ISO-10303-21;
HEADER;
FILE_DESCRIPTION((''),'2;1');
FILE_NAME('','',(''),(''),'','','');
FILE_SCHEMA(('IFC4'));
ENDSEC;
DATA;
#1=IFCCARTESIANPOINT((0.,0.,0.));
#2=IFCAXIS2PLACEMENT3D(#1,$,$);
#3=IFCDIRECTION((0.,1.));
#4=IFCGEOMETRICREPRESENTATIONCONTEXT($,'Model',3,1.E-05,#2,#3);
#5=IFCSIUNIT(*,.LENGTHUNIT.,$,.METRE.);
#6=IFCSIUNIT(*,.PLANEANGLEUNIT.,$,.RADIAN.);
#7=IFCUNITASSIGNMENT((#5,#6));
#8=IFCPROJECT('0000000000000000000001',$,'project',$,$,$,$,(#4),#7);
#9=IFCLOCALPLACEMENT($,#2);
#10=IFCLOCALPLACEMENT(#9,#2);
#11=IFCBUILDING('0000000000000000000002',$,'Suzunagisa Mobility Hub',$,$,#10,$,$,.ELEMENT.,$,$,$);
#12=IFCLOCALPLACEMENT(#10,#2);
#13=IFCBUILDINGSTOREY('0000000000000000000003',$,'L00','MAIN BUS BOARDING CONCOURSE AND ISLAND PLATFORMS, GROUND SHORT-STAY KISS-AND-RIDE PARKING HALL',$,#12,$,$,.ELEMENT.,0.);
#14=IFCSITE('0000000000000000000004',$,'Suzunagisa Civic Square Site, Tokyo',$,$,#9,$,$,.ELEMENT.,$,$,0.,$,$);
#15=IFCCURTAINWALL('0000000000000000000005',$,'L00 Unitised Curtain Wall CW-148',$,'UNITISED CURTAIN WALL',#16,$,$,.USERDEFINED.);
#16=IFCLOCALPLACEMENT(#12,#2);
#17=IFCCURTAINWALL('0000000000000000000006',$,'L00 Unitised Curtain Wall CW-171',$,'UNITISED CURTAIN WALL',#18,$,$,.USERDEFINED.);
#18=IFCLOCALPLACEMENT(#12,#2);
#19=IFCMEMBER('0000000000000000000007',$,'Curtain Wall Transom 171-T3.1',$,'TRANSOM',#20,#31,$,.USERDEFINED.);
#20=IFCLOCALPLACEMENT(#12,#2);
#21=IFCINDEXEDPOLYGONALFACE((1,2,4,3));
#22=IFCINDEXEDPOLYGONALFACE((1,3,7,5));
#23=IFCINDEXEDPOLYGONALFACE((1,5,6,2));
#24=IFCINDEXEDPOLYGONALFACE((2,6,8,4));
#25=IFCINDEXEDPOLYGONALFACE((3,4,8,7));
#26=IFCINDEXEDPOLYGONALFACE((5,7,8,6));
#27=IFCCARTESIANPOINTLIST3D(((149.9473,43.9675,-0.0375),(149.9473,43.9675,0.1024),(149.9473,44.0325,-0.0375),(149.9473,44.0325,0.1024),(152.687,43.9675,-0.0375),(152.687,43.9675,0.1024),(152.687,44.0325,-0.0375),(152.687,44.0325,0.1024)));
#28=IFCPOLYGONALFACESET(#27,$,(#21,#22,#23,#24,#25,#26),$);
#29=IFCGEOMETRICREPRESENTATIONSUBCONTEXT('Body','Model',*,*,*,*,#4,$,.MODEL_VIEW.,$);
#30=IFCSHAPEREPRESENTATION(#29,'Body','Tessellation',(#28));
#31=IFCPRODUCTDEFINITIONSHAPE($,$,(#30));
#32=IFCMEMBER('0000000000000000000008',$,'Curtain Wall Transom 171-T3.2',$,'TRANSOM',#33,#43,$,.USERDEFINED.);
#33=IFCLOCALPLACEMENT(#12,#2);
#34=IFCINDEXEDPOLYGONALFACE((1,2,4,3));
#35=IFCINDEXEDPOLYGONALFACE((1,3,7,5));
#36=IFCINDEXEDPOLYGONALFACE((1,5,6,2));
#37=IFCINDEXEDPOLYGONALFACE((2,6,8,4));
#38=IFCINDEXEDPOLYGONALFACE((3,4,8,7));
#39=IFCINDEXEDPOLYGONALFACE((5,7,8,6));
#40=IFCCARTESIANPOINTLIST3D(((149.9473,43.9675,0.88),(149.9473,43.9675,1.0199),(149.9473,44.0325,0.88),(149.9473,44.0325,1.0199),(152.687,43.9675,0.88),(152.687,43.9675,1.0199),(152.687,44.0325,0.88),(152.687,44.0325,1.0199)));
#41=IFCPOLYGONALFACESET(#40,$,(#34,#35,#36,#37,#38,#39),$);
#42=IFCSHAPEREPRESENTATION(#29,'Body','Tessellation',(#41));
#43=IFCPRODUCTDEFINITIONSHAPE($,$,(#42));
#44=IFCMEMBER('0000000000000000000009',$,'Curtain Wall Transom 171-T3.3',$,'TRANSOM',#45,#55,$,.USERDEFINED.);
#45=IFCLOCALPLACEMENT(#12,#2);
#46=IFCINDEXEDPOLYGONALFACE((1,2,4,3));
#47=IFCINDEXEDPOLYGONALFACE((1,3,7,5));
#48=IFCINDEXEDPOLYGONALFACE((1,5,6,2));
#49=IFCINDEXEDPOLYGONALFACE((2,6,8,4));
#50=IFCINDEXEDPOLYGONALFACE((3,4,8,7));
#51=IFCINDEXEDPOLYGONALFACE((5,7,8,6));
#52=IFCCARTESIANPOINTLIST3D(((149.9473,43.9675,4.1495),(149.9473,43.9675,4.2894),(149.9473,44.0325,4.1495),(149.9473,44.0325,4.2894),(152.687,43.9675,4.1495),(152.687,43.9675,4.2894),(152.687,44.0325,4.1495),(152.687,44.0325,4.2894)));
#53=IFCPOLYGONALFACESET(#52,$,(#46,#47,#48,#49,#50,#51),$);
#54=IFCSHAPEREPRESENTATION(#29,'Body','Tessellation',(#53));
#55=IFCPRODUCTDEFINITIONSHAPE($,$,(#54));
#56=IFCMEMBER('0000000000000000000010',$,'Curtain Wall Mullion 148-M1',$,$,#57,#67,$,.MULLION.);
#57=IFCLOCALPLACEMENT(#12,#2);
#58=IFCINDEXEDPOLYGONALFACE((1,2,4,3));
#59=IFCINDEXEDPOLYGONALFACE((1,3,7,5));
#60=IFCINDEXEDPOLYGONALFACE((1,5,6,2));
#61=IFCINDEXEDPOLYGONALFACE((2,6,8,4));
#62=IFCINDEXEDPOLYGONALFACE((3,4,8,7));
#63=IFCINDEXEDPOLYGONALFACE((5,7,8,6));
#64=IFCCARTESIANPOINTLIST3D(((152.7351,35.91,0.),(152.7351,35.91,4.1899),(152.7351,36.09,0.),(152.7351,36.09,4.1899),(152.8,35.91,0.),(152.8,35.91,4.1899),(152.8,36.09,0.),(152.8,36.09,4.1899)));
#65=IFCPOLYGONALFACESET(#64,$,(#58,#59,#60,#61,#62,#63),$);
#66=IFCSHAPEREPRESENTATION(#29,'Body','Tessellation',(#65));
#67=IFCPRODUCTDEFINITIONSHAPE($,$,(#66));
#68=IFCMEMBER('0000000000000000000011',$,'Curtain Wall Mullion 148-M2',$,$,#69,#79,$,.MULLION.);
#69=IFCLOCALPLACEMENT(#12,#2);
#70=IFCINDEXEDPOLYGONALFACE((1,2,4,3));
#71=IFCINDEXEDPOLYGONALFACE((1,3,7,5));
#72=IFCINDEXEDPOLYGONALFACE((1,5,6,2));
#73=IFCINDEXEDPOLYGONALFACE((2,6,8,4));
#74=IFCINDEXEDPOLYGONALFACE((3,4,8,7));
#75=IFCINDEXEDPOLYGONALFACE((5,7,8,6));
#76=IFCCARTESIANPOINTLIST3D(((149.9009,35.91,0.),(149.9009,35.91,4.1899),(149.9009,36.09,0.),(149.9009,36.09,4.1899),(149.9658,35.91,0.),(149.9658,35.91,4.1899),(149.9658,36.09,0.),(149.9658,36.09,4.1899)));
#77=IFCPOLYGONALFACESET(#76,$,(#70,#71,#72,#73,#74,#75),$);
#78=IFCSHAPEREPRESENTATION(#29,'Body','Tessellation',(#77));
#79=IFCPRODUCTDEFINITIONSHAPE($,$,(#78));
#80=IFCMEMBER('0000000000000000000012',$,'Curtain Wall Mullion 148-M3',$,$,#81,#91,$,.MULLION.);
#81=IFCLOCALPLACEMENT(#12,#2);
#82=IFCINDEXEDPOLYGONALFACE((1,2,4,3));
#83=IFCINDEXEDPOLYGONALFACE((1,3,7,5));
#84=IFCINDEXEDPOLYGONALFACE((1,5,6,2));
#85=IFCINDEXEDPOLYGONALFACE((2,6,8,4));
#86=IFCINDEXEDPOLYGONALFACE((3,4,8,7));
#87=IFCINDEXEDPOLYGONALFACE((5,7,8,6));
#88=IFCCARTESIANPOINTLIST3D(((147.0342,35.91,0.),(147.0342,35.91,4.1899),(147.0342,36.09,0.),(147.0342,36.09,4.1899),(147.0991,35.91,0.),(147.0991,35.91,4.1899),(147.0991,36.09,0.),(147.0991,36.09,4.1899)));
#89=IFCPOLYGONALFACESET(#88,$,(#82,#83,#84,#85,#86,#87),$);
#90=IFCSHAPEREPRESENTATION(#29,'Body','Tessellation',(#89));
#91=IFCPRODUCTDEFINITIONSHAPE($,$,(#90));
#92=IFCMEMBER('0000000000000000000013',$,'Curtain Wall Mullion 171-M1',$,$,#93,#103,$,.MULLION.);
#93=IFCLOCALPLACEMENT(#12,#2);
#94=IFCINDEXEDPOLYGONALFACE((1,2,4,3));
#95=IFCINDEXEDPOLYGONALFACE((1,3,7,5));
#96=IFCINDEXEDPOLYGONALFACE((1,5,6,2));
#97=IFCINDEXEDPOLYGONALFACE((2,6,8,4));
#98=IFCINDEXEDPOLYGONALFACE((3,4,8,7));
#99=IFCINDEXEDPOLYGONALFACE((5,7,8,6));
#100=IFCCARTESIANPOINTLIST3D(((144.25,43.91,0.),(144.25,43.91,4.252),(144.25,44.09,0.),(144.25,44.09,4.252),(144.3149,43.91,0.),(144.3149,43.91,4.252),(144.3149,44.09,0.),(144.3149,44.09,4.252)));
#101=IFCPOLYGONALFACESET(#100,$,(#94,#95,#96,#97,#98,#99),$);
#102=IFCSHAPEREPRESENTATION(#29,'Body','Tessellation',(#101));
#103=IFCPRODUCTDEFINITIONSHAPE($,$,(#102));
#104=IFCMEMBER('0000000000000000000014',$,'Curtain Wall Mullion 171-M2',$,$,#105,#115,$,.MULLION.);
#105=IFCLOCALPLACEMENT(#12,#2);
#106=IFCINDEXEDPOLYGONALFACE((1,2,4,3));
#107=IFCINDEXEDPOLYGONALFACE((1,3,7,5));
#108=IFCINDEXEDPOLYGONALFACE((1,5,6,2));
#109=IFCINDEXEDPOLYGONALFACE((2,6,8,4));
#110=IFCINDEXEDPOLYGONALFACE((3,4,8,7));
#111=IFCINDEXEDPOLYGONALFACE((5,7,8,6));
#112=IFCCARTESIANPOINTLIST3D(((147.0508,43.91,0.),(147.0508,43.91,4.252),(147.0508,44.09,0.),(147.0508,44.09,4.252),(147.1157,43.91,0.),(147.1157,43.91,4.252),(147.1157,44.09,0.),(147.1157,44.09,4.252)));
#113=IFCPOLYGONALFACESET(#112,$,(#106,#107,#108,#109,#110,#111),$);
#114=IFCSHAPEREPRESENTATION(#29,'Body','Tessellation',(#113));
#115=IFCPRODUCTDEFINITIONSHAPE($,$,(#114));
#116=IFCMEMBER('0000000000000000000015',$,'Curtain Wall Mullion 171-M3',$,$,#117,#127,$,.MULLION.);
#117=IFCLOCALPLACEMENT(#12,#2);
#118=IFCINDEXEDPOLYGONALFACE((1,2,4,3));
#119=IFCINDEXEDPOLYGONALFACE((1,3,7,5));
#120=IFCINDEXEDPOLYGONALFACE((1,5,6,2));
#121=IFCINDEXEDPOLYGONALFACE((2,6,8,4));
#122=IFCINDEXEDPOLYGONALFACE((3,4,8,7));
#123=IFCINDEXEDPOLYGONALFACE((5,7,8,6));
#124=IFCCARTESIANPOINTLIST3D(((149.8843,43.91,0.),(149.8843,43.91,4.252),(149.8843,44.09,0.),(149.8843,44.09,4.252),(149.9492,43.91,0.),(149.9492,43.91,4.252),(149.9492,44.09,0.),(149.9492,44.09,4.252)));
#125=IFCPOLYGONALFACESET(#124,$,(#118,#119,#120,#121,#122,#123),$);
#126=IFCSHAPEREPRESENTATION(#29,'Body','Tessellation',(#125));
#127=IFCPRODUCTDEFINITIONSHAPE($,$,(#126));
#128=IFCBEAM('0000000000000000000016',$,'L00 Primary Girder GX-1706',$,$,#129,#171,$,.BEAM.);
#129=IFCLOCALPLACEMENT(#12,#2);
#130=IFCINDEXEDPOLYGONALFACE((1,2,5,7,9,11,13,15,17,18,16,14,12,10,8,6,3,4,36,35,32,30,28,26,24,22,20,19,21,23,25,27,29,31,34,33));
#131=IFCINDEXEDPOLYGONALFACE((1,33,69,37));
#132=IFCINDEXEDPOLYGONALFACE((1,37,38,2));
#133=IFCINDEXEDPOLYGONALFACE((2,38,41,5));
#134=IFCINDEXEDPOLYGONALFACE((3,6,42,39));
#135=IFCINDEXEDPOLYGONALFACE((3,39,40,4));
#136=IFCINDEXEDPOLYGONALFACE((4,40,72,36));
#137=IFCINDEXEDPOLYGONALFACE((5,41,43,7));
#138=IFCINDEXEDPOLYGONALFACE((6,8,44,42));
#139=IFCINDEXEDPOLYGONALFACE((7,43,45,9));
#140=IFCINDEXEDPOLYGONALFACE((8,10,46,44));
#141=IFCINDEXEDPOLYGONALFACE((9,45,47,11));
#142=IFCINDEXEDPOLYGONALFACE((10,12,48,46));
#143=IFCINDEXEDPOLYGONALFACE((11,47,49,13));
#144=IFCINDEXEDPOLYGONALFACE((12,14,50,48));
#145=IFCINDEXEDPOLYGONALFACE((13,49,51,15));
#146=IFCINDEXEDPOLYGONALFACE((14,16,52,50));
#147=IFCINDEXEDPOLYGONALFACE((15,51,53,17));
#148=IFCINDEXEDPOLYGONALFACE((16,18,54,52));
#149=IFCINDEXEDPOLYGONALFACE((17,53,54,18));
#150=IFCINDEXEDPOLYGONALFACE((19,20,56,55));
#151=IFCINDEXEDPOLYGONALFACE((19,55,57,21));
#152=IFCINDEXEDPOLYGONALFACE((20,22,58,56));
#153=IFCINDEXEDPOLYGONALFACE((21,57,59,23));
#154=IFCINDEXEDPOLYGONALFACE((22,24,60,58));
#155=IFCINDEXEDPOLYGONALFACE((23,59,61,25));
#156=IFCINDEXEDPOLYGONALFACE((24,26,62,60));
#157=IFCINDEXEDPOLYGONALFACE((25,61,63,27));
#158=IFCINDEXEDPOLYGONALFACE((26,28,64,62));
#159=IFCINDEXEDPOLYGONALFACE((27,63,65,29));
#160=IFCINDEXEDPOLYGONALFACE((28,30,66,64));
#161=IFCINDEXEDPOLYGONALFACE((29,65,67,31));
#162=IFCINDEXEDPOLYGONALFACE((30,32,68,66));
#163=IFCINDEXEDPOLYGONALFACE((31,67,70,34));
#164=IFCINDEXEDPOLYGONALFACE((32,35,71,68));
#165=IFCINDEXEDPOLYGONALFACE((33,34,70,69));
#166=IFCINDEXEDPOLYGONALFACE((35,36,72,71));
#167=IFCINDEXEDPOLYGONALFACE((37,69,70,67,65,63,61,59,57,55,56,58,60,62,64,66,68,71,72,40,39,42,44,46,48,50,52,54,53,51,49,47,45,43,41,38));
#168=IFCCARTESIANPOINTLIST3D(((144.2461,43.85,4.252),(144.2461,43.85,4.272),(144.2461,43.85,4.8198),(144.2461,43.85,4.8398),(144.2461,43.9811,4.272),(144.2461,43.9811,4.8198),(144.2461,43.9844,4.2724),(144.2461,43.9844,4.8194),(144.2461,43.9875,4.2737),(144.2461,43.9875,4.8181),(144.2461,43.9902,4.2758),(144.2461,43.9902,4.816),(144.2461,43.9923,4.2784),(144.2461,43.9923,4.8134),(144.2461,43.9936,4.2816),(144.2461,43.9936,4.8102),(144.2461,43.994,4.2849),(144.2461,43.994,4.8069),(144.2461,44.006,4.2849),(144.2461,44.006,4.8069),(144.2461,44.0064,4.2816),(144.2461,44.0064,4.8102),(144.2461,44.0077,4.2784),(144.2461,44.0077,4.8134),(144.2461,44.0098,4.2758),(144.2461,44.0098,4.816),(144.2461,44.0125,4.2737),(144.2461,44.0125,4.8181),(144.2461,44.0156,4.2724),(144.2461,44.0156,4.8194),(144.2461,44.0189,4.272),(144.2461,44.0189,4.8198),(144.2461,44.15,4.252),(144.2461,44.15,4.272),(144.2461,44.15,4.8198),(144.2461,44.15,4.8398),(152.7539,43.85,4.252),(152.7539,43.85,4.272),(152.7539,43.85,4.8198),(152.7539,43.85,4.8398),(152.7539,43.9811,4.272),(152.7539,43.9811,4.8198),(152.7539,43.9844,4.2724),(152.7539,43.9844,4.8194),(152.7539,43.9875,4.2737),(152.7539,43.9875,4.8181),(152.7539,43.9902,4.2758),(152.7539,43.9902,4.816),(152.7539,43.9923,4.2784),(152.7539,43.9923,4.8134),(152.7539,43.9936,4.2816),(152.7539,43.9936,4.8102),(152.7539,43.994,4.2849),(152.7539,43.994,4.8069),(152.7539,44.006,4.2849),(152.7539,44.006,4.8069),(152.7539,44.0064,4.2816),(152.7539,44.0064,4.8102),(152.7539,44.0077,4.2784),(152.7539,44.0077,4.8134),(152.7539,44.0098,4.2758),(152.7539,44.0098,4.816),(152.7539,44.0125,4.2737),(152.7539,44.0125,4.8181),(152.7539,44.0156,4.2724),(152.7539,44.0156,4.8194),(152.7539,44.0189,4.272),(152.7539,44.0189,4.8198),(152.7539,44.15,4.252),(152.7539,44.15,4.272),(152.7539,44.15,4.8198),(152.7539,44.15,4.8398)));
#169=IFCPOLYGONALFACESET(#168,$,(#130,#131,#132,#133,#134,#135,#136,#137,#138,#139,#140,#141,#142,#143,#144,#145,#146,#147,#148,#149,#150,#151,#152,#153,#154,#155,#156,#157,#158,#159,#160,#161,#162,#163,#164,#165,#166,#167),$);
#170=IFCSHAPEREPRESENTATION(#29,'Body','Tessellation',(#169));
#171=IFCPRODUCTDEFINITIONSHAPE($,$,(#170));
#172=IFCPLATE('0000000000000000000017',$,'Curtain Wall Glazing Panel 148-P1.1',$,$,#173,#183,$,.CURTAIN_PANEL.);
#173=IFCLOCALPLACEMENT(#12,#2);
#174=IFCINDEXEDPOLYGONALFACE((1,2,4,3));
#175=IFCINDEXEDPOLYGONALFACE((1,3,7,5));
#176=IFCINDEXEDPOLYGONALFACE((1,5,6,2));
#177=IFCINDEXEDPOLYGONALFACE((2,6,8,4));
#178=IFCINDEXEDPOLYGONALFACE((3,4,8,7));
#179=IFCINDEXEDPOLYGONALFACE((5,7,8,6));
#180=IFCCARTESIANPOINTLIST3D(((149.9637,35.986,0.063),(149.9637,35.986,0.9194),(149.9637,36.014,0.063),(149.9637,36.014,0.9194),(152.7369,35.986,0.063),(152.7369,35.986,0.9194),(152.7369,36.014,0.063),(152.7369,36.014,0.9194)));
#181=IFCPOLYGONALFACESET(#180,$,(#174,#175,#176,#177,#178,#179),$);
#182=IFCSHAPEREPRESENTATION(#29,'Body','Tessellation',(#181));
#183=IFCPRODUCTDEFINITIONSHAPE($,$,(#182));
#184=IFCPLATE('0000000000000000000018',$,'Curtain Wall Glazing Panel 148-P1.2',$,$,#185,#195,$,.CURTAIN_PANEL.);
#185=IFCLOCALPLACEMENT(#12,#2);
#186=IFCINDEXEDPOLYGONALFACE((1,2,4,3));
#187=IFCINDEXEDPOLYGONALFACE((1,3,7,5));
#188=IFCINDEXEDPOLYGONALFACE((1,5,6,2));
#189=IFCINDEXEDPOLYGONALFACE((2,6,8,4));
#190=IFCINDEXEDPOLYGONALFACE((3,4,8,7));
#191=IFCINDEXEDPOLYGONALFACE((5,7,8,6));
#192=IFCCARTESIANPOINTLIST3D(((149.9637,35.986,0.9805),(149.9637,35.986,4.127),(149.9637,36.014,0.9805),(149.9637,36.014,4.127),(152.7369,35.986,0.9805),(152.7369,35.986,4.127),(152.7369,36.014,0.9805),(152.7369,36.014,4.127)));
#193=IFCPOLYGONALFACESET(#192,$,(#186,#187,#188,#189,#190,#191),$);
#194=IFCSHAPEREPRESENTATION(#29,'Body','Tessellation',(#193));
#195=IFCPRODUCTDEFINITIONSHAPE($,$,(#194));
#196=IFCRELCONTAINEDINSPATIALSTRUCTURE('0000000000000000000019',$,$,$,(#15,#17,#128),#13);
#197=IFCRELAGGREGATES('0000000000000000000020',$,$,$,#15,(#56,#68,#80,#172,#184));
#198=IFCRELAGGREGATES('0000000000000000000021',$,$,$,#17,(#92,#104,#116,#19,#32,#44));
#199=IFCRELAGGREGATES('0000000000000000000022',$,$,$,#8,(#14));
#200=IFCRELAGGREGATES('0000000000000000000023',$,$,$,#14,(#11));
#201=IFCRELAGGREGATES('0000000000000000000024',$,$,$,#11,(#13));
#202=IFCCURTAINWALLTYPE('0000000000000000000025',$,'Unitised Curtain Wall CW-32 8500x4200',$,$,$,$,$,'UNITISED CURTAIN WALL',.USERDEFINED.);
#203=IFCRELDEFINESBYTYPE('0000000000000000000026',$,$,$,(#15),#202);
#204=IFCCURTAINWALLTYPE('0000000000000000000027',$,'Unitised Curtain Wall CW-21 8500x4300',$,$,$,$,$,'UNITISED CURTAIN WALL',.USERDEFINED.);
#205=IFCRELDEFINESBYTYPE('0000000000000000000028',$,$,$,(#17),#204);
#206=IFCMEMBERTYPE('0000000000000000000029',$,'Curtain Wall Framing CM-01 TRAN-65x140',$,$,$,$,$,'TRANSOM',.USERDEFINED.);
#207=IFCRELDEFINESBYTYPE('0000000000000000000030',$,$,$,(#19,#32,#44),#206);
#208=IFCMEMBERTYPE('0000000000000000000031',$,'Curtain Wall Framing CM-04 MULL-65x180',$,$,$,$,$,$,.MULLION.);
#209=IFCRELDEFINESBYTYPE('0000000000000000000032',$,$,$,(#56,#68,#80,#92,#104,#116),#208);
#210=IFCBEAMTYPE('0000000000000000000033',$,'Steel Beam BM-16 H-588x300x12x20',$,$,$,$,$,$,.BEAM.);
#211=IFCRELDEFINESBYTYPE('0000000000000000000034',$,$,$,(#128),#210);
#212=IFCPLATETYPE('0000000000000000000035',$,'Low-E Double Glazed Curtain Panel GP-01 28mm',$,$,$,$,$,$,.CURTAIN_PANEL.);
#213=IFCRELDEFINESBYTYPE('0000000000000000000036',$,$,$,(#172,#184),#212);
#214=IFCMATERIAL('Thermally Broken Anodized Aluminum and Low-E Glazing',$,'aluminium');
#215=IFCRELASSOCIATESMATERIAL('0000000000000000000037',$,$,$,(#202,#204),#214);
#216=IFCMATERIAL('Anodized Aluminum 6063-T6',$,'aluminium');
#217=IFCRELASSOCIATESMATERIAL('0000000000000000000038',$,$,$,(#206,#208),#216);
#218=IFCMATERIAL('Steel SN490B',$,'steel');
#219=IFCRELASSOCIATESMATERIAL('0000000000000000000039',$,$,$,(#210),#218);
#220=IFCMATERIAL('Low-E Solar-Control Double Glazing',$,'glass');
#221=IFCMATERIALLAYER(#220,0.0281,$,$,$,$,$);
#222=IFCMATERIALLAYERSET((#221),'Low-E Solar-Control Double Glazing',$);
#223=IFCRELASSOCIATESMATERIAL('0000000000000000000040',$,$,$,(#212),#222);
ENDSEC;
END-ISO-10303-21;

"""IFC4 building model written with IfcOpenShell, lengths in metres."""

from ifc_helpers import new_model, si_unit, direction, frame, origin, origin_2d, place, context, subcontext, project, spatial, rectangle, i_section, extrude, material, layer, layer_set, material_profile, profile_set, type_object, element, aggregate, save


model = new_model("IFC4")

# Units and contexts
model_context = context("Model", 3, precision=1e-05, world=origin(), true_north=direction((0.0, 1.0)))
body_context = subcontext(model_context, "Body", "Model", "MODEL_VIEW")
ifc_project = project(units=[si_unit("LENGTHUNIT", "METRE"), si_unit("PLANEANGLEUNIT", "RADIAN")], contexts=[model_context])

# Site, building, storey
site_placement = place(None, origin())
site = spatial("IfcSite", under=ifc_project, at=site_placement, Name="Suzunagisa Civic Square Site, Tokyo", CompositionType="ELEMENT", RefElevation=0.0)
building_placement = place(site_placement, origin())
building = spatial("IfcBuilding", under=site, at=building_placement, Name="Suzunagisa Mobility Hub", CompositionType="ELEMENT")
storey_placement = place(building_placement, origin())
storey = spatial("IfcBuildingStorey", under=building, at=storey_placement, Name="L00", Description="MAIN BUS BOARDING CONCOURSE AND ISLAND PLATFORMS, GROUND SHORT-STAY KISS-AND-RIDE PARKING HALL", CompositionType="ELEMENT", Elevation=0.0)

# Shared definitions
ifc_material_1 = material(Name="Steel SN490B", Category="steel")

# Curtain walls, members
ifc_material_2 = material(Name="Thermally Broken Anodized Aluminum and Low-E Glazing", Category="aluminium")
curtain_wall_type_1 = type_object("IfcCurtainWallType", Name="Unitised Curtain Wall CW-32 8500x4200", ElementType="UNITISED CURTAIN WALL", PredefinedType="USERDEFINED", material=ifc_material_2)
curtain_wall_1_placement = place(storey_placement, origin())
curtain_wall_1 = element("IfcCurtainWall", 1, at=curtain_wall_1_placement, inside=storey, type_object=curtain_wall_type_1, Name="L00 Unitised Curtain Wall CW-148", ObjectType="UNITISED CURTAIN WALL", PredefinedType="USERDEFINED")
ifc_material_3 = material(Name="Anodized Aluminum 6063-T6", Category="aluminium")
ifc_material_profile_1 = material_profile(ifc_material_3, rectangle(XDim=0.0649, YDim=0.1399, at=origin_2d()), Name="TRAN-65x140")
ifc_profile_set_1 = profile_set([ifc_material_profile_1], Name="Anodized Aluminum 6063-T6")
member_type_1 = type_object("IfcMemberType", Name="Curtain Wall Framing CM-01 TRAN-65x140", ElementType="TRANSOM", PredefinedType="USERDEFINED", material=ifc_profile_set_1)
curtain_wall_type_2 = type_object("IfcCurtainWallType", Name="Unitised Curtain Wall CW-21 8500x4300", ElementType="UNITISED CURTAIN WALL", PredefinedType="USERDEFINED", material=ifc_material_2)
curtain_wall_2_placement = place(storey_placement, origin())
curtain_wall_2 = element("IfcCurtainWall", 2, at=curtain_wall_2_placement, inside=storey, type_object=curtain_wall_type_2, Name="L00 Unitised Curtain Wall CW-171", ObjectType="UNITISED CURTAIN WALL", PredefinedType="USERDEFINED")
member_1_placement = place(storey_placement, frame((149.9473, 44.0, 0.0325), z_axis=(1.0, 0.0, 0.0), x_axis=(0.0, 1.0, 0.0)))
member_1 = element("IfcMember", 3, at=member_1_placement, type_object=member_type_1, Name="Curtain Wall Transom 171-T3.1", ObjectType="TRANSOM", PredefinedType="USERDEFINED", context=body_context, shape_type="SweptSolid", body=[
    extrude(rectangle(XDim=0.0649, YDim=0.1399, at=origin_2d()), origin(), (0.0, 0.0, 1.0), 2.7397),
])
member_2_placement = place(storey_placement, frame((149.9473, 44.0, 0.95), z_axis=(1.0, 0.0, 0.0), x_axis=(0.0, 1.0, 0.0)))
member_2 = element("IfcMember", 4, at=member_2_placement, type_object=member_type_1, Name="Curtain Wall Transom 171-T3.2", ObjectType="TRANSOM", PredefinedType="USERDEFINED", context=body_context, shape_type="SweptSolid", body=[
    extrude(rectangle(XDim=0.0649, YDim=0.1399, at=origin_2d()), origin(), (0.0, 0.0, 1.0), 2.7397),
])
member_3_placement = place(storey_placement, frame((149.9473, 44.0, 4.2195), z_axis=(1.0, 0.0, 0.0), x_axis=(0.0, 1.0, 0.0)))
member_3 = element("IfcMember", 5, at=member_3_placement, type_object=member_type_1, Name="Curtain Wall Transom 171-T3.3", ObjectType="TRANSOM", PredefinedType="USERDEFINED", context=body_context, shape_type="SweptSolid", body=[
    extrude(rectangle(XDim=0.0649, YDim=0.1399, at=origin_2d()), origin(), (0.0, 0.0, 1.0), 2.7397),
])

# Members
ifc_material_profile_2 = material_profile(ifc_material_3, rectangle(XDim=0.0649, YDim=0.1799, at=origin_2d()), Name="MULL-65x180")
ifc_profile_set_2 = profile_set([ifc_material_profile_2], Name="Anodized Aluminum 6063-T6")
member_type_2 = type_object("IfcMemberType", Name="Curtain Wall Framing CM-04 MULL-65x180", PredefinedType="MULLION", material=ifc_profile_set_2)
member_4_placement = place(storey_placement, frame((152.7676, 36.0, 0.0), z_axis=(0.0, 0.0, 1.0), x_axis=(-1.0, 0.0, 0.0)))
member_4 = element("IfcMember", 6, at=member_4_placement, type_object=member_type_2, Name="Curtain Wall Mullion 148-M1", PredefinedType="MULLION", context=body_context, shape_type="SweptSolid", body=[
    extrude(rectangle(XDim=0.0649, YDim=0.1799, at=origin_2d()), origin(), (0.0, 0.0, 1.0), 4.1899),
])
member_5_placement = place(storey_placement, frame((149.9333, 36.0, 0.0), z_axis=(0.0, 0.0, 1.0), x_axis=(-1.0, 0.0, 0.0)))
member_5 = element("IfcMember", 7, at=member_5_placement, type_object=member_type_2, Name="Curtain Wall Mullion 148-M2", PredefinedType="MULLION", context=body_context, shape_type="SweptSolid", body=[
    extrude(rectangle(XDim=0.0649, YDim=0.1799, at=origin_2d()), origin(), (0.0, 0.0, 1.0), 4.1899),
])
member_6_placement = place(storey_placement, frame((147.0667, 36.0, 0.0), z_axis=(0.0, 0.0, 1.0), x_axis=(-1.0, 0.0, 0.0)))
member_6 = element("IfcMember", 8, at=member_6_placement, type_object=member_type_2, Name="Curtain Wall Mullion 148-M3", PredefinedType="MULLION", context=body_context, shape_type="SweptSolid", body=[
    extrude(rectangle(XDim=0.0649, YDim=0.1799, at=origin_2d()), origin(), (0.0, 0.0, 1.0), 4.1899),
])
member_7_placement = place(storey_placement, frame((144.2825, 44.0, 0.0), z_axis=(0.0, 0.0, 1.0), x_axis=(1.0, 0.0, 0.0)))
member_7 = element("IfcMember", 9, at=member_7_placement, type_object=member_type_2, Name="Curtain Wall Mullion 171-M1", PredefinedType="MULLION", context=body_context, shape_type="SweptSolid", body=[
    extrude(rectangle(XDim=0.0649, YDim=0.1799, at=origin_2d()), origin(), (0.0, 0.0, 1.0), 4.252),
])
member_8_placement = place(storey_placement, frame((147.0833, 44.0, 0.0), z_axis=(0.0, 0.0, 1.0), x_axis=(1.0, 0.0, 0.0)))
member_8 = element("IfcMember", 10, at=member_8_placement, type_object=member_type_2, Name="Curtain Wall Mullion 171-M2", PredefinedType="MULLION", context=body_context, shape_type="SweptSolid", body=[
    extrude(rectangle(XDim=0.0649, YDim=0.1799, at=origin_2d()), origin(), (0.0, 0.0, 1.0), 4.252),
])
member_9_placement = place(storey_placement, frame((149.9167, 44.0, 0.0), z_axis=(0.0, 0.0, 1.0), x_axis=(1.0, 0.0, 0.0)))
member_9 = element("IfcMember", 11, at=member_9_placement, type_object=member_type_2, Name="Curtain Wall Mullion 171-M3", PredefinedType="MULLION", context=body_context, shape_type="SweptSolid", body=[
    extrude(rectangle(XDim=0.0649, YDim=0.1799, at=origin_2d()), origin(), (0.0, 0.0, 1.0), 4.252),
])

# Beam
ifc_material_profile_3 = material_profile(ifc_material_1, i_section(OverallWidth=0.3, OverallDepth=0.5879, WebThickness=0.012, FlangeThickness=0.02, FilletRadius=0.0129, at=origin_2d()), Name="H-588x300x12x20")
ifc_profile_set_3 = profile_set([ifc_material_profile_3], Name="Steel SN490B")
beam_type = type_object("IfcBeamType", Name="Steel Beam BM-16 H-588x300x12x20", PredefinedType="BEAM", material=ifc_profile_set_3)
beam_placement = place(storey_placement, frame((144.2461, 44.0, 4.5459), z_axis=(1.0, 0.0, 0.0), x_axis=(0.0, 1.0, 0.0)))
element("IfcBeam", 12, at=beam_placement, inside=storey, type_object=beam_type, Name="L00 Primary Girder GX-1706", PredefinedType="BEAM", context=body_context, shape_type="SweptSolid", body=[
    extrude(i_section(OverallWidth=0.3, OverallDepth=0.5879, WebThickness=0.012, FlangeThickness=0.02, FilletRadius=0.0129, at=origin_2d()), origin(), (0.0, 0.0, 1.0), 8.5078),
])

# Plates
ifc_material_4 = material(Name="Low-E Solar-Control Double Glazing", Category="glass")
ifc_layer = layer(ifc_material_4, 0.0281)
ifc_layer_set = layer_set([ifc_layer], Name="Low-E Solar-Control Double Glazing")
plate_type = type_object("IfcPlateType", Name="Low-E Double Glazed Curtain Panel GP-01 28mm", PredefinedType="CURTAIN_PANEL", material=ifc_layer_set)
plate_1_placement = place(storey_placement, frame((151.3503, 36.0, 0.063), z_axis=(0.0, 0.0, 1.0), x_axis=(-1.0, 0.0, 0.0)))
plate_1 = element("IfcPlate", 13, at=plate_1_placement, type_object=plate_type, Name="Curtain Wall Glazing Panel 148-P1.1", PredefinedType="CURTAIN_PANEL", context=body_context, shape_type="SweptSolid", body=[
    extrude(rectangle(XDim=2.7732, YDim=0.0281, at=origin_2d()), origin(), (0.0, 0.0, 1.0), 0.8564),
])
plate_2_placement = place(storey_placement, frame((151.3503, 36.0, 0.9805), z_axis=(0.0, 0.0, 1.0), x_axis=(-1.0, 0.0, 0.0)))
plate_2 = element("IfcPlate", 14, at=plate_2_placement, type_object=plate_type, Name="Curtain Wall Glazing Panel 148-P1.2", PredefinedType="CURTAIN_PANEL", context=body_context, shape_type="SweptSolid", body=[
    extrude(rectangle(XDim=2.7732, YDim=0.0281, at=origin_2d()), origin(), (0.0, 0.0, 1.0), 3.1465),
])
aggregate(curtain_wall_1, [member_4, member_5, member_6, plate_1, plate_2])
aggregate(curtain_wall_2, [member_7, member_8, member_9, member_1, member_2, member_3])

save(model, "model.ifc")
